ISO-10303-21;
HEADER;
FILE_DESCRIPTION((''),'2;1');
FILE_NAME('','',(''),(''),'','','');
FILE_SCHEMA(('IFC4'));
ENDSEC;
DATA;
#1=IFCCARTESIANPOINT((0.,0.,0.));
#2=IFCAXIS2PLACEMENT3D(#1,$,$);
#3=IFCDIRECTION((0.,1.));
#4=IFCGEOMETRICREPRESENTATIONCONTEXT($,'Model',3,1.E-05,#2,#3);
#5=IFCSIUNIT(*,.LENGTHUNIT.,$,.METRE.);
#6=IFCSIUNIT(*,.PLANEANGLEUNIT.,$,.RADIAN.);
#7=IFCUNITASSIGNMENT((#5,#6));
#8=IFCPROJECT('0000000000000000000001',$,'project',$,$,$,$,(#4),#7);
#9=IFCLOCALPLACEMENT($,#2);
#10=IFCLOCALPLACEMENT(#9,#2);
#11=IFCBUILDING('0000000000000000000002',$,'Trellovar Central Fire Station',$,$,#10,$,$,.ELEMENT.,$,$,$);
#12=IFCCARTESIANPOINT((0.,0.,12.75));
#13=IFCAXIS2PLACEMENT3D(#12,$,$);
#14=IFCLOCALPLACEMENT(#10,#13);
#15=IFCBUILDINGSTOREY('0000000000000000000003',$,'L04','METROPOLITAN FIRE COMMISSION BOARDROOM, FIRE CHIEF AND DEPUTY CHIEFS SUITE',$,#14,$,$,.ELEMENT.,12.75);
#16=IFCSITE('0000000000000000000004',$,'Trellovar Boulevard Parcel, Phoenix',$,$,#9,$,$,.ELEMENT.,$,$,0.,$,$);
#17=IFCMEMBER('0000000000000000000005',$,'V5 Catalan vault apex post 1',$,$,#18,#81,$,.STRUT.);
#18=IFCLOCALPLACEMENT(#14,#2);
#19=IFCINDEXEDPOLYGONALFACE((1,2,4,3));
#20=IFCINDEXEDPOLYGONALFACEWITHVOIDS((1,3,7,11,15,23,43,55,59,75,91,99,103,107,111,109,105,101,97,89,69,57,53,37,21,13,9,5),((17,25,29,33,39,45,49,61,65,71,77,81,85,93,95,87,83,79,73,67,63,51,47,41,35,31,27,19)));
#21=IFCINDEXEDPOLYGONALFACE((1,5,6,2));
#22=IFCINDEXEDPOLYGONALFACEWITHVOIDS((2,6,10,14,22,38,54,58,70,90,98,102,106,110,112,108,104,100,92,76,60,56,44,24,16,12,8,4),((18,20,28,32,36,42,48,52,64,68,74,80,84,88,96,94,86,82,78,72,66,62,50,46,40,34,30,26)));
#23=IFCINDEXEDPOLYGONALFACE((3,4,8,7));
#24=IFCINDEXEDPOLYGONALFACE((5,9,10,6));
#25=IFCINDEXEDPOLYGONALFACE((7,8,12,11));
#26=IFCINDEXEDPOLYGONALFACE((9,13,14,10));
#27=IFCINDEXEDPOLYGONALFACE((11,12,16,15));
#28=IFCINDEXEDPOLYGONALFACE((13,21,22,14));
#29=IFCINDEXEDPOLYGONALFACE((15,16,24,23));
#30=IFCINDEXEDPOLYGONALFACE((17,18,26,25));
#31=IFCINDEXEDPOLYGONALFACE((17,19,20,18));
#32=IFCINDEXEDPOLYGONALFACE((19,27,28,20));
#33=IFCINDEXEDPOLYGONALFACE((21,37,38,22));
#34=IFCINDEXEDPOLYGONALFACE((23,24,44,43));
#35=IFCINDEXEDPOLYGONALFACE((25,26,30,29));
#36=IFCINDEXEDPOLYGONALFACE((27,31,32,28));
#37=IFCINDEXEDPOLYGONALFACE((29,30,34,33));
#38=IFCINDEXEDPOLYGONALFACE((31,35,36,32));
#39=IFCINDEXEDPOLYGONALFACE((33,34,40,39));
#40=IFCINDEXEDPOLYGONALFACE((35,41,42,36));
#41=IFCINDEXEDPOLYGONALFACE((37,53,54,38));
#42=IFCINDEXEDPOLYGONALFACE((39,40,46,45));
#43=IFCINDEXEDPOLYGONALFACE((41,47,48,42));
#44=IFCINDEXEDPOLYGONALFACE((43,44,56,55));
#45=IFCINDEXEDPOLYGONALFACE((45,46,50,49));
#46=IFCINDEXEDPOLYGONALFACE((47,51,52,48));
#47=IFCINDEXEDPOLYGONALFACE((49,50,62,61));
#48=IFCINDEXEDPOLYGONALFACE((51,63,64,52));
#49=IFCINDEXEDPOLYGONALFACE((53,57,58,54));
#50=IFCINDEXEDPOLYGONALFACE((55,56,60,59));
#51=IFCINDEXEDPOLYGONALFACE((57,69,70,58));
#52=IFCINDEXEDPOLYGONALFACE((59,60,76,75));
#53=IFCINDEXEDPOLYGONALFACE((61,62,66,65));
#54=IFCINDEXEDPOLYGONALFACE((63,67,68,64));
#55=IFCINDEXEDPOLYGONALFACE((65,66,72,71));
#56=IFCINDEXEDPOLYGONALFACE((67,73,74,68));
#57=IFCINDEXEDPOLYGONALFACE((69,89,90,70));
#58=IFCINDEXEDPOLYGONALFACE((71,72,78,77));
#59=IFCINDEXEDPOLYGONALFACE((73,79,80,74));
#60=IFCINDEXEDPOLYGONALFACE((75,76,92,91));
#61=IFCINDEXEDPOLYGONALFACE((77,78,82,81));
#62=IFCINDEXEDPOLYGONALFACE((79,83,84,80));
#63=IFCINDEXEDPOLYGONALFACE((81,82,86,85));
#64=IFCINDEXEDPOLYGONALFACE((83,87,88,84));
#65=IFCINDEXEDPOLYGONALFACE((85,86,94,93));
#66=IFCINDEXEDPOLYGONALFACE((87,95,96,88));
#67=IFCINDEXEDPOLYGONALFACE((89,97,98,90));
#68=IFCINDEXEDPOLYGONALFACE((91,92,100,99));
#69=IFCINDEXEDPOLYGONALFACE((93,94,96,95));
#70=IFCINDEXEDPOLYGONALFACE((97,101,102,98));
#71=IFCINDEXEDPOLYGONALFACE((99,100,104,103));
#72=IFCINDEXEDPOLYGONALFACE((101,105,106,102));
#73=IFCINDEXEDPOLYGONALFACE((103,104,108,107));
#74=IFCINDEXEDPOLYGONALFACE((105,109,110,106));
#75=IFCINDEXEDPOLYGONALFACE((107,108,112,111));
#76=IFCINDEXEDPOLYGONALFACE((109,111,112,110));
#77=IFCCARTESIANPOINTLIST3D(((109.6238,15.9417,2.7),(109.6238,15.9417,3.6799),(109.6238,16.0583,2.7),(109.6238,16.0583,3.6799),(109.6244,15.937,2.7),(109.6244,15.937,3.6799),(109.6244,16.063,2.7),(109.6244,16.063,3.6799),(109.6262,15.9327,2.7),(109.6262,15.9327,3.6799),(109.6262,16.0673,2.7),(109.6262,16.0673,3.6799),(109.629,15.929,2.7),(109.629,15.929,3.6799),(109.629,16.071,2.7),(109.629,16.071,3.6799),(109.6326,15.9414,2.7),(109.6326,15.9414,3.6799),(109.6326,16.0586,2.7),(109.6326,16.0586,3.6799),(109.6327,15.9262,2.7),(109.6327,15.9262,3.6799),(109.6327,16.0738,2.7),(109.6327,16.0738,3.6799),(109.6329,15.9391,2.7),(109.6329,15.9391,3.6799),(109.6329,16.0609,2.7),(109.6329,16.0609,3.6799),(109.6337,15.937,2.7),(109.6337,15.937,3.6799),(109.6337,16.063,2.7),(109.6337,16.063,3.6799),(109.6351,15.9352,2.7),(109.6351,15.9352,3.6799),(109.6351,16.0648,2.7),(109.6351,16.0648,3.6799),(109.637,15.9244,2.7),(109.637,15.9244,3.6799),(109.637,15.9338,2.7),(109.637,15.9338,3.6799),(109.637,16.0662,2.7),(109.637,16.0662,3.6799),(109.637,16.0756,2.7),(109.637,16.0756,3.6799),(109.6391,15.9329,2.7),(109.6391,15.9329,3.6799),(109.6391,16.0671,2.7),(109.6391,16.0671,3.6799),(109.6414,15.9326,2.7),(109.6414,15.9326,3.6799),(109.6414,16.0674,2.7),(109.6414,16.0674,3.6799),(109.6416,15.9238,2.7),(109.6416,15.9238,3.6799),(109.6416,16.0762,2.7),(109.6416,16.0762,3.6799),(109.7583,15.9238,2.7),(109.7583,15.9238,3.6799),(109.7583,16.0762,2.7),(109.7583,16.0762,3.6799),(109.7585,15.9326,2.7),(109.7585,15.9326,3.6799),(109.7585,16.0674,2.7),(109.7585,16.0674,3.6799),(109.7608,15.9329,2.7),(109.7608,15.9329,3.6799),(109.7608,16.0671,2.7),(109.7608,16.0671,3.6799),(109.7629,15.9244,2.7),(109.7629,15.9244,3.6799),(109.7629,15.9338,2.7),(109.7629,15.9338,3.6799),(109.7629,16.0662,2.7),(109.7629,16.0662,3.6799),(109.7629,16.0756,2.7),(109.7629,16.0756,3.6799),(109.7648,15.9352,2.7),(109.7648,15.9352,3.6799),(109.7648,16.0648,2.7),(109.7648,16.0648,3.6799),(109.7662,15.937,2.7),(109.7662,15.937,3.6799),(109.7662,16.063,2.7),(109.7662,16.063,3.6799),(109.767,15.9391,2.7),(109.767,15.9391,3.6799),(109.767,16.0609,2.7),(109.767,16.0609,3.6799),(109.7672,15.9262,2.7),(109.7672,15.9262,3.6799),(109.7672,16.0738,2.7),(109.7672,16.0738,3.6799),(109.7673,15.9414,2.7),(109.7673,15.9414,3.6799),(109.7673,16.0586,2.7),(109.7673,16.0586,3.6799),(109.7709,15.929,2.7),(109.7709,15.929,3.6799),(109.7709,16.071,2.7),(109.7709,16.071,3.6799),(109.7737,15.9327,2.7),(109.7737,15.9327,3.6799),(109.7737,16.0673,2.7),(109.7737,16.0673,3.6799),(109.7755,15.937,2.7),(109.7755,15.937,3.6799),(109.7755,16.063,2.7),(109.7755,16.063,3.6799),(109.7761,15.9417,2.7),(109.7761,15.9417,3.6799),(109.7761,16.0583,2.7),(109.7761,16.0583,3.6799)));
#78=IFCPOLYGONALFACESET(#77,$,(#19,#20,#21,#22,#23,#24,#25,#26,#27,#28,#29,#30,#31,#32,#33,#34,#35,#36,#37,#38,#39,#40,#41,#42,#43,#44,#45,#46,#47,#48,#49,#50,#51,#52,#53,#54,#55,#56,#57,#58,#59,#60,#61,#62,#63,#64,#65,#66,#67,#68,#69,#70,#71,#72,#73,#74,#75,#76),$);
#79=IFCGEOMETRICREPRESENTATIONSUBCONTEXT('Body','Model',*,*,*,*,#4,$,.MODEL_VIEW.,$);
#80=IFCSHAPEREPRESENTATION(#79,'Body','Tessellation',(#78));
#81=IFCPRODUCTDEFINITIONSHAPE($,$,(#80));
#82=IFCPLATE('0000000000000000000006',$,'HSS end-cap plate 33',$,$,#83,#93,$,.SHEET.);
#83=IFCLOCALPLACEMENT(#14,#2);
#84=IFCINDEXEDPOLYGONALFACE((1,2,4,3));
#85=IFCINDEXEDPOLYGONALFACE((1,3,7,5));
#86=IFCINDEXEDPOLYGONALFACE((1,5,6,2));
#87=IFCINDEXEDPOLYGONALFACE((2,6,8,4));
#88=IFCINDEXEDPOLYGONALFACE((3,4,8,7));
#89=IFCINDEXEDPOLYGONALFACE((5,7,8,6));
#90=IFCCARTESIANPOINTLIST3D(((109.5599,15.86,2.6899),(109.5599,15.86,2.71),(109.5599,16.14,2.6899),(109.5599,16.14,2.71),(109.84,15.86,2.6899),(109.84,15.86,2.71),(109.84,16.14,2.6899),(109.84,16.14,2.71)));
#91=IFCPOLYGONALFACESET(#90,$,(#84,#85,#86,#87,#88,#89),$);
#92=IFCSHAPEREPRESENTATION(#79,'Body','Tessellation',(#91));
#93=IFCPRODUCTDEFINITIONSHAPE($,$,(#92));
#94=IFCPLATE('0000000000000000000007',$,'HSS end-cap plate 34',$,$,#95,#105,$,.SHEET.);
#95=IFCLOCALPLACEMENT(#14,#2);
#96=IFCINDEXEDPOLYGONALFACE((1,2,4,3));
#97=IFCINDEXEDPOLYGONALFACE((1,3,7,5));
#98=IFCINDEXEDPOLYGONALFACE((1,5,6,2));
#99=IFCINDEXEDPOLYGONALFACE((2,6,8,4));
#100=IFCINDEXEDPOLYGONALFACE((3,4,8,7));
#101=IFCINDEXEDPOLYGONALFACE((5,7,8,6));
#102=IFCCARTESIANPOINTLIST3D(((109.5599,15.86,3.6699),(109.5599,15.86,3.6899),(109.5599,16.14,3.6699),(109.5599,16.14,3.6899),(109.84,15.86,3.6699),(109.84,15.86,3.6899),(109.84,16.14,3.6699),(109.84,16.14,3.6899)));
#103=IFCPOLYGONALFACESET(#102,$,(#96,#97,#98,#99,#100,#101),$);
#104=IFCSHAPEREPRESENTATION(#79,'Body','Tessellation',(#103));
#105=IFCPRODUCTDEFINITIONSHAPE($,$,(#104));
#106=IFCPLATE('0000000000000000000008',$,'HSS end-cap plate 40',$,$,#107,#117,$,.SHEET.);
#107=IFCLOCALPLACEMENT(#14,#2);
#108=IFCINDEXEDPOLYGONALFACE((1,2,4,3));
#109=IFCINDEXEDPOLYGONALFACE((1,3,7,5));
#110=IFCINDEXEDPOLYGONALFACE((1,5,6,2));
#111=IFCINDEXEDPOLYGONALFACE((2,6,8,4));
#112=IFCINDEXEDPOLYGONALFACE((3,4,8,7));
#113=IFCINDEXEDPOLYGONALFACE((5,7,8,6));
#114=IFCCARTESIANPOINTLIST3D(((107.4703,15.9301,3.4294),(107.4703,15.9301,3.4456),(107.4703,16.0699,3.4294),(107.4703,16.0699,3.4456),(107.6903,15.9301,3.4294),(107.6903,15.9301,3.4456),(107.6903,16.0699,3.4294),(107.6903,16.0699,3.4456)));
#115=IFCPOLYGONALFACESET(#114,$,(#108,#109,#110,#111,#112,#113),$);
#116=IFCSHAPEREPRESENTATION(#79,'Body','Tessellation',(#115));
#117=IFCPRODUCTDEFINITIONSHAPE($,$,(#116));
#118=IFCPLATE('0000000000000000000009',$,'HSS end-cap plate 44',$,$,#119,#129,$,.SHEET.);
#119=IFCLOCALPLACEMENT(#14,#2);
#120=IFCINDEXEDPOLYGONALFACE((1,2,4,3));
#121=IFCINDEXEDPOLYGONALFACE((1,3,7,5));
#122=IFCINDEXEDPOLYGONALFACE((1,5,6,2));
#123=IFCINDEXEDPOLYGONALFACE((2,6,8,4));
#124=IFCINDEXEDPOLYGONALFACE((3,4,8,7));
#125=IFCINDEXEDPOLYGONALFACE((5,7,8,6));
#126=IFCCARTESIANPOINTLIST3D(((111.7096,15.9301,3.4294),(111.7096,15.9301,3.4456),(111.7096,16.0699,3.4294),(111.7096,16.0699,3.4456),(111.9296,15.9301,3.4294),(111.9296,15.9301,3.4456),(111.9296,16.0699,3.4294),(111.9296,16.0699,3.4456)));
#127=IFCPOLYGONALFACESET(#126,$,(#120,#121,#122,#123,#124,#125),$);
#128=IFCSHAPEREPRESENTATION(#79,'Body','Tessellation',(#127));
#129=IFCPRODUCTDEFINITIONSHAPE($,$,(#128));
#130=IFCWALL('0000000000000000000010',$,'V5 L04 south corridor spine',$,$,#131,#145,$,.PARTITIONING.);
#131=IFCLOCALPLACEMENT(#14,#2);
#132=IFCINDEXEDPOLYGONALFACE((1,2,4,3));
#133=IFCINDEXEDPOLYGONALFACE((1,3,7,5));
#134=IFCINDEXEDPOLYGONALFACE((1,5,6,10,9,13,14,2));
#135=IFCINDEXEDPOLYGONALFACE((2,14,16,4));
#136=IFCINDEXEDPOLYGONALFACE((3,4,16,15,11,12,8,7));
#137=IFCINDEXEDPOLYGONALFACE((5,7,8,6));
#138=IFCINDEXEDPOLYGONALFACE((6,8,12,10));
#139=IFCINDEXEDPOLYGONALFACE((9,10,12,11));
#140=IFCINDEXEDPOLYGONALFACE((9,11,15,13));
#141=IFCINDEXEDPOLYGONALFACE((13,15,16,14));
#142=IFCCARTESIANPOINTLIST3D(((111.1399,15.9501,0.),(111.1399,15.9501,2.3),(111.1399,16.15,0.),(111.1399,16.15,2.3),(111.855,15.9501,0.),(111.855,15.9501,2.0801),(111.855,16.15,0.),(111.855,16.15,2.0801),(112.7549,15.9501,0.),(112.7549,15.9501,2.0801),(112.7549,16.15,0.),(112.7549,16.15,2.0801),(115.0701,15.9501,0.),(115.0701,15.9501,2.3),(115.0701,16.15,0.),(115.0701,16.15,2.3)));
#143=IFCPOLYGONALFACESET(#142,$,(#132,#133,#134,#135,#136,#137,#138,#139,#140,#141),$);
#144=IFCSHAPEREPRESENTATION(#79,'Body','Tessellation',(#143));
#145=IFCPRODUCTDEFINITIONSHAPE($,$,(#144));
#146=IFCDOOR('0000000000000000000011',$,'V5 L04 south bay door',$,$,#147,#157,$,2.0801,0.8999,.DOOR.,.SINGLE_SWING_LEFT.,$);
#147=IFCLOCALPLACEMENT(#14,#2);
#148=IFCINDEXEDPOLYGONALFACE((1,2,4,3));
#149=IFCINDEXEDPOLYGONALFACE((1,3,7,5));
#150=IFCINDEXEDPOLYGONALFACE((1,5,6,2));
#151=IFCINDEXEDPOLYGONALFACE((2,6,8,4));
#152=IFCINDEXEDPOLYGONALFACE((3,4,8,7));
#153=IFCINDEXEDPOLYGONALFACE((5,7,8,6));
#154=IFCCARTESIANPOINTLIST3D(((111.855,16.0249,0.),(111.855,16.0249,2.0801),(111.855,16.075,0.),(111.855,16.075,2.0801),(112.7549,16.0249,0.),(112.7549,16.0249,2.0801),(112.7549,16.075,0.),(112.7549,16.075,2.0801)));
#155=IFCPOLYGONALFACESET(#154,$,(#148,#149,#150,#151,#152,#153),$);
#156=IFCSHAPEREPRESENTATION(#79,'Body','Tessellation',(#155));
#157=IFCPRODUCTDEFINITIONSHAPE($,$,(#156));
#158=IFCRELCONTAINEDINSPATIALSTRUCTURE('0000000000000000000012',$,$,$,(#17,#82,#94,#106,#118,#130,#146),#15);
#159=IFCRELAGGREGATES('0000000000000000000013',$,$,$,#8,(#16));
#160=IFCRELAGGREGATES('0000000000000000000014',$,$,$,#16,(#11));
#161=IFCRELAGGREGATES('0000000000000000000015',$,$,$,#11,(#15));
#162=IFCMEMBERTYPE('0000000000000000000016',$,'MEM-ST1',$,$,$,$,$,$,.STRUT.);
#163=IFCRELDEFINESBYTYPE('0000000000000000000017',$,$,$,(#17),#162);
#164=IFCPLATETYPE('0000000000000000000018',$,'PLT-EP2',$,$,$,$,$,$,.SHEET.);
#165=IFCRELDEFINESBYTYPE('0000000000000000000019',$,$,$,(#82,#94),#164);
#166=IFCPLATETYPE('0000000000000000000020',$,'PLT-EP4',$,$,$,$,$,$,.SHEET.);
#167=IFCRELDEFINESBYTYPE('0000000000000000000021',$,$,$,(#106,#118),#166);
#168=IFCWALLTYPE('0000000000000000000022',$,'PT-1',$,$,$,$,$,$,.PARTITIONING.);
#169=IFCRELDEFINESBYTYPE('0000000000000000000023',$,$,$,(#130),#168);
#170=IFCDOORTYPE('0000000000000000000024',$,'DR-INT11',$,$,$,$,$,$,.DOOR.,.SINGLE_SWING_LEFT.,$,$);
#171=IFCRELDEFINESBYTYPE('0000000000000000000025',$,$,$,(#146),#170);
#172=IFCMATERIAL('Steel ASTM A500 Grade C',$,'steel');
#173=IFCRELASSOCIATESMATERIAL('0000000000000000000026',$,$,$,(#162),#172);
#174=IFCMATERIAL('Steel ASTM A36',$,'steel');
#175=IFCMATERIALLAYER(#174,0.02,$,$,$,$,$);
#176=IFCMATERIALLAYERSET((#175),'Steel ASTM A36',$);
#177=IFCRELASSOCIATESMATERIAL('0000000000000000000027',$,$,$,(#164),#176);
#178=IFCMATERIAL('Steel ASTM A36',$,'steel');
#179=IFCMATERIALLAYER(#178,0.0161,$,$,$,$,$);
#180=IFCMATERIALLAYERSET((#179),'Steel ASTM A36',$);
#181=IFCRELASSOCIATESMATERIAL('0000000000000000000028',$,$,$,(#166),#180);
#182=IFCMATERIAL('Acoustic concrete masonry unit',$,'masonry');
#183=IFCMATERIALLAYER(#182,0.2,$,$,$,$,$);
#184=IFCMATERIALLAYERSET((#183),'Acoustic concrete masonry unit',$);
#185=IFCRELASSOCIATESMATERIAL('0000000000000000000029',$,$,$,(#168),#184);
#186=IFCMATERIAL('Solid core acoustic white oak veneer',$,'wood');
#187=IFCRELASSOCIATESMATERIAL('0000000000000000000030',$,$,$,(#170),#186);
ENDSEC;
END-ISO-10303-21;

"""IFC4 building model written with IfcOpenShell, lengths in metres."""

from ifc_helpers import new_model, si_unit, direction, frame, frame_2d, origin, origin_2d, place, context, subcontext, project, spatial, rectangle, hollow_rectangle, extrude, material, layer, layer_set, material_profile, profile_set, type_object, element, fill, save


model = new_model("IFC4")

# Units and contexts
model_context = context("Model", 3, precision=1e-05, world=origin(), true_north=direction((0.0, 1.0)))
body_context = subcontext(model_context, "Body", "Model", "MODEL_VIEW")
ifc_project = project(units=[si_unit("LENGTHUNIT", "METRE"), si_unit("PLANEANGLEUNIT", "RADIAN")], contexts=[model_context])

# Site, building, storey
site_placement = place(None, origin())
site = spatial("IfcSite", under=ifc_project, at=site_placement, Name="Trellovar Boulevard Parcel, Phoenix", CompositionType="ELEMENT", RefElevation=0.0)
building_placement = place(site_placement, origin())
building = spatial("IfcBuilding", under=site, at=building_placement, Name="Trellovar Central Fire Station", CompositionType="ELEMENT")
storey_placement = place(building_placement, frame((0.0, 0.0, 12.75)))
storey = spatial("IfcBuildingStorey", under=building, at=storey_placement, Name="L04", Description="METROPOLITAN FIRE COMMISSION BOARDROOM, FIRE CHIEF AND DEPUTY CHIEFS SUITE", CompositionType="ELEMENT", Elevation=12.75)

# Member
ifc_material_1 = material(Name="Steel ASTM A500 Grade C", Category="steel")
ifc_material_profile_1 = material_profile(ifc_material_1, hollow_rectangle(XDim=0.1523, YDim=0.1523, WallThickness=0.0088, InnerFilletRadius=0.0088, OuterFilletRadius=0.0178, at=origin_2d()), Name="HSS6X6X3/8")
ifc_profile_set_1 = profile_set([ifc_material_profile_1], Name="Steel ASTM A500 Grade C")
member_type_1 = type_object("IfcMemberType", Name="MEM-ST1", PredefinedType="STRUT", material=ifc_profile_set_1)
member_1_placement = place(storey_placement, frame((109.7, 16.0, 2.7), z_axis=(0.0, 0.0, 1.0), x_axis=(1.0, 0.0, 0.0)))
element("IfcMember", 1, at=member_1_placement, inside=storey, type_object=member_type_1, Name="V5 Catalan vault apex post 1", PredefinedType="STRUT", context=body_context, shape_type="SweptSolid", body=[
    extrude(hollow_rectangle(XDim=0.1523, YDim=0.1523, WallThickness=0.0088, InnerFilletRadius=0.0088, OuterFilletRadius=0.0178, at=origin_2d()), origin(), (0.0, 0.0, 1.0), 0.98),
])

# Plates
ifc_material_2 = material(Name="Steel ASTM A36", Category="steel")
ifc_layer_1 = layer(ifc_material_2, 0.02)
ifc_layer_set_1 = layer_set([ifc_layer_1], Name="Steel ASTM A36")
plate_type_1 = type_object("IfcPlateType", Name="PLT-EP2", PredefinedType="SHEET", material=ifc_layer_set_1)
for number, where, z_axis, x_axis, name in (
    (2, (109.7, 16.0, 2.6899), (0.0, 0.0, 1.0), (1.0, 0.0, 0.0), "HSS end-cap plate 33"),
    (3, (109.7, 16.0, 3.6699), (0.0, 0.0, 1.0), (1.0, 0.0, 0.0), "HSS end-cap plate 34"),
):
    element("IfcPlate", number, at=place(storey_placement, frame(where, z_axis=z_axis, x_axis=x_axis)), inside=storey, type_object=plate_type_1, Name=name, PredefinedType="SHEET", context=body_context, shape_type="SweptSolid", body=[
        extrude(rectangle(XDim=0.28, YDim=0.28, at=origin_2d()), origin(), (0.0, 0.0, 1.0), 0.02),
    ])
ifc_material_3 = material(Name="Steel ASTM A36", Category="steel")
ifc_layer_2 = layer(ifc_material_3, 0.0161)
ifc_layer_set_2 = layer_set([ifc_layer_2], Name="Steel ASTM A36")
plate_type_2 = type_object("IfcPlateType", Name="PLT-EP4", PredefinedType="SHEET", material=ifc_layer_set_2)
for number, where, z_axis, x_axis, name in (
    (4, (107.5803, 16.0, 3.4294), (0.0, 0.0, 1.0), (1.0, 0.0, 0.0), "HSS end-cap plate 40"),
    (5, (111.8196, 16.0, 3.4294), (0.0, 0.0, 1.0), (1.0, 0.0, 0.0), "HSS end-cap plate 44"),
):
    element("IfcPlate", number, at=place(storey_placement, frame(where, z_axis=z_axis, x_axis=x_axis)), inside=storey, type_object=plate_type_2, Name=name, PredefinedType="SHEET", context=body_context, shape_type="SweptSolid", body=[
        extrude(rectangle(XDim=0.22, YDim=0.1399, at=origin_2d()), origin(), (0.0, 0.0, 1.0), 0.0161),
    ])

# Wall, opening, door
ifc_material_4 = material(Name="Acoustic concrete masonry unit", Category="masonry")
ifc_layer_3 = layer(ifc_material_4, 0.2)
ifc_layer_set_3 = layer_set([ifc_layer_3], Name="Acoustic concrete masonry unit")
wall_type = type_object("IfcWallType", Name="PT-1", PredefinedType="PARTITIONING", material=ifc_layer_set_3)
wall_placement = place(storey_placement, frame((111.1399, 16.05, 0.0), z_axis=(0.0, 0.0, 1.0), x_axis=(1.0, 0.0, 0.0)))
wall = element("IfcWall", 6, at=wall_placement, inside=storey, type_object=wall_type, Name="V5 L04 south corridor spine", PredefinedType="PARTITIONING", context=body_context, shape_type="SweptSolid", body=[
    extrude(rectangle(XDim=3.9302, YDim=0.2, at=frame_2d((1.9651, 0.0))), origin(), (0.0, 0.0, 1.0), 2.3),
])
opening_placement = place(wall_placement, frame((0.7151, 0.0, 0.0)))
opening = element("IfcOpeningElement", 7, at=opening_placement, cuts=wall, PredefinedType="OPENING", context=body_context, shape_type="SweptSolid", body=[
    extrude(rectangle(XDim=0.8999, YDim=2.0801, at=frame_2d((0.45, 1.04))), frame((0.0, 0.1099, 0.0), z_axis=(0.0, -1.0, 0.0), x_axis=(1.0, 0.0, 0.0)), (0.0, 0.0, 1.0), 0.22),
])
ifc_material_5 = material(Name="Solid core acoustic white oak veneer", Category="wood")
door_type = type_object("IfcDoorType", Name="DR-INT11", OperationType="SINGLE_SWING_LEFT", PredefinedType="DOOR", material=ifc_material_5)
door_placement = place(opening_placement, origin())
door = element("IfcDoor", 8, at=door_placement, inside=storey, type_object=door_type, Name="V5 L04 south bay door", OperationType="SINGLE_SWING_LEFT", OverallHeight=2.0801, OverallWidth=0.8999, PredefinedType="DOOR", context=body_context, shape_type="SweptSolid", body=[
    extrude(rectangle(XDim=0.8999, YDim=2.0801, at=frame_2d((0.45, 1.04))), frame((0.0, 0.0249, 0.0), z_axis=(0.0, -1.0, 0.0), x_axis=(1.0, 0.0, 0.0)), (0.0, 0.0, 1.0), 0.05),
])
fill(opening, door)

save(model, "model.ifc")
